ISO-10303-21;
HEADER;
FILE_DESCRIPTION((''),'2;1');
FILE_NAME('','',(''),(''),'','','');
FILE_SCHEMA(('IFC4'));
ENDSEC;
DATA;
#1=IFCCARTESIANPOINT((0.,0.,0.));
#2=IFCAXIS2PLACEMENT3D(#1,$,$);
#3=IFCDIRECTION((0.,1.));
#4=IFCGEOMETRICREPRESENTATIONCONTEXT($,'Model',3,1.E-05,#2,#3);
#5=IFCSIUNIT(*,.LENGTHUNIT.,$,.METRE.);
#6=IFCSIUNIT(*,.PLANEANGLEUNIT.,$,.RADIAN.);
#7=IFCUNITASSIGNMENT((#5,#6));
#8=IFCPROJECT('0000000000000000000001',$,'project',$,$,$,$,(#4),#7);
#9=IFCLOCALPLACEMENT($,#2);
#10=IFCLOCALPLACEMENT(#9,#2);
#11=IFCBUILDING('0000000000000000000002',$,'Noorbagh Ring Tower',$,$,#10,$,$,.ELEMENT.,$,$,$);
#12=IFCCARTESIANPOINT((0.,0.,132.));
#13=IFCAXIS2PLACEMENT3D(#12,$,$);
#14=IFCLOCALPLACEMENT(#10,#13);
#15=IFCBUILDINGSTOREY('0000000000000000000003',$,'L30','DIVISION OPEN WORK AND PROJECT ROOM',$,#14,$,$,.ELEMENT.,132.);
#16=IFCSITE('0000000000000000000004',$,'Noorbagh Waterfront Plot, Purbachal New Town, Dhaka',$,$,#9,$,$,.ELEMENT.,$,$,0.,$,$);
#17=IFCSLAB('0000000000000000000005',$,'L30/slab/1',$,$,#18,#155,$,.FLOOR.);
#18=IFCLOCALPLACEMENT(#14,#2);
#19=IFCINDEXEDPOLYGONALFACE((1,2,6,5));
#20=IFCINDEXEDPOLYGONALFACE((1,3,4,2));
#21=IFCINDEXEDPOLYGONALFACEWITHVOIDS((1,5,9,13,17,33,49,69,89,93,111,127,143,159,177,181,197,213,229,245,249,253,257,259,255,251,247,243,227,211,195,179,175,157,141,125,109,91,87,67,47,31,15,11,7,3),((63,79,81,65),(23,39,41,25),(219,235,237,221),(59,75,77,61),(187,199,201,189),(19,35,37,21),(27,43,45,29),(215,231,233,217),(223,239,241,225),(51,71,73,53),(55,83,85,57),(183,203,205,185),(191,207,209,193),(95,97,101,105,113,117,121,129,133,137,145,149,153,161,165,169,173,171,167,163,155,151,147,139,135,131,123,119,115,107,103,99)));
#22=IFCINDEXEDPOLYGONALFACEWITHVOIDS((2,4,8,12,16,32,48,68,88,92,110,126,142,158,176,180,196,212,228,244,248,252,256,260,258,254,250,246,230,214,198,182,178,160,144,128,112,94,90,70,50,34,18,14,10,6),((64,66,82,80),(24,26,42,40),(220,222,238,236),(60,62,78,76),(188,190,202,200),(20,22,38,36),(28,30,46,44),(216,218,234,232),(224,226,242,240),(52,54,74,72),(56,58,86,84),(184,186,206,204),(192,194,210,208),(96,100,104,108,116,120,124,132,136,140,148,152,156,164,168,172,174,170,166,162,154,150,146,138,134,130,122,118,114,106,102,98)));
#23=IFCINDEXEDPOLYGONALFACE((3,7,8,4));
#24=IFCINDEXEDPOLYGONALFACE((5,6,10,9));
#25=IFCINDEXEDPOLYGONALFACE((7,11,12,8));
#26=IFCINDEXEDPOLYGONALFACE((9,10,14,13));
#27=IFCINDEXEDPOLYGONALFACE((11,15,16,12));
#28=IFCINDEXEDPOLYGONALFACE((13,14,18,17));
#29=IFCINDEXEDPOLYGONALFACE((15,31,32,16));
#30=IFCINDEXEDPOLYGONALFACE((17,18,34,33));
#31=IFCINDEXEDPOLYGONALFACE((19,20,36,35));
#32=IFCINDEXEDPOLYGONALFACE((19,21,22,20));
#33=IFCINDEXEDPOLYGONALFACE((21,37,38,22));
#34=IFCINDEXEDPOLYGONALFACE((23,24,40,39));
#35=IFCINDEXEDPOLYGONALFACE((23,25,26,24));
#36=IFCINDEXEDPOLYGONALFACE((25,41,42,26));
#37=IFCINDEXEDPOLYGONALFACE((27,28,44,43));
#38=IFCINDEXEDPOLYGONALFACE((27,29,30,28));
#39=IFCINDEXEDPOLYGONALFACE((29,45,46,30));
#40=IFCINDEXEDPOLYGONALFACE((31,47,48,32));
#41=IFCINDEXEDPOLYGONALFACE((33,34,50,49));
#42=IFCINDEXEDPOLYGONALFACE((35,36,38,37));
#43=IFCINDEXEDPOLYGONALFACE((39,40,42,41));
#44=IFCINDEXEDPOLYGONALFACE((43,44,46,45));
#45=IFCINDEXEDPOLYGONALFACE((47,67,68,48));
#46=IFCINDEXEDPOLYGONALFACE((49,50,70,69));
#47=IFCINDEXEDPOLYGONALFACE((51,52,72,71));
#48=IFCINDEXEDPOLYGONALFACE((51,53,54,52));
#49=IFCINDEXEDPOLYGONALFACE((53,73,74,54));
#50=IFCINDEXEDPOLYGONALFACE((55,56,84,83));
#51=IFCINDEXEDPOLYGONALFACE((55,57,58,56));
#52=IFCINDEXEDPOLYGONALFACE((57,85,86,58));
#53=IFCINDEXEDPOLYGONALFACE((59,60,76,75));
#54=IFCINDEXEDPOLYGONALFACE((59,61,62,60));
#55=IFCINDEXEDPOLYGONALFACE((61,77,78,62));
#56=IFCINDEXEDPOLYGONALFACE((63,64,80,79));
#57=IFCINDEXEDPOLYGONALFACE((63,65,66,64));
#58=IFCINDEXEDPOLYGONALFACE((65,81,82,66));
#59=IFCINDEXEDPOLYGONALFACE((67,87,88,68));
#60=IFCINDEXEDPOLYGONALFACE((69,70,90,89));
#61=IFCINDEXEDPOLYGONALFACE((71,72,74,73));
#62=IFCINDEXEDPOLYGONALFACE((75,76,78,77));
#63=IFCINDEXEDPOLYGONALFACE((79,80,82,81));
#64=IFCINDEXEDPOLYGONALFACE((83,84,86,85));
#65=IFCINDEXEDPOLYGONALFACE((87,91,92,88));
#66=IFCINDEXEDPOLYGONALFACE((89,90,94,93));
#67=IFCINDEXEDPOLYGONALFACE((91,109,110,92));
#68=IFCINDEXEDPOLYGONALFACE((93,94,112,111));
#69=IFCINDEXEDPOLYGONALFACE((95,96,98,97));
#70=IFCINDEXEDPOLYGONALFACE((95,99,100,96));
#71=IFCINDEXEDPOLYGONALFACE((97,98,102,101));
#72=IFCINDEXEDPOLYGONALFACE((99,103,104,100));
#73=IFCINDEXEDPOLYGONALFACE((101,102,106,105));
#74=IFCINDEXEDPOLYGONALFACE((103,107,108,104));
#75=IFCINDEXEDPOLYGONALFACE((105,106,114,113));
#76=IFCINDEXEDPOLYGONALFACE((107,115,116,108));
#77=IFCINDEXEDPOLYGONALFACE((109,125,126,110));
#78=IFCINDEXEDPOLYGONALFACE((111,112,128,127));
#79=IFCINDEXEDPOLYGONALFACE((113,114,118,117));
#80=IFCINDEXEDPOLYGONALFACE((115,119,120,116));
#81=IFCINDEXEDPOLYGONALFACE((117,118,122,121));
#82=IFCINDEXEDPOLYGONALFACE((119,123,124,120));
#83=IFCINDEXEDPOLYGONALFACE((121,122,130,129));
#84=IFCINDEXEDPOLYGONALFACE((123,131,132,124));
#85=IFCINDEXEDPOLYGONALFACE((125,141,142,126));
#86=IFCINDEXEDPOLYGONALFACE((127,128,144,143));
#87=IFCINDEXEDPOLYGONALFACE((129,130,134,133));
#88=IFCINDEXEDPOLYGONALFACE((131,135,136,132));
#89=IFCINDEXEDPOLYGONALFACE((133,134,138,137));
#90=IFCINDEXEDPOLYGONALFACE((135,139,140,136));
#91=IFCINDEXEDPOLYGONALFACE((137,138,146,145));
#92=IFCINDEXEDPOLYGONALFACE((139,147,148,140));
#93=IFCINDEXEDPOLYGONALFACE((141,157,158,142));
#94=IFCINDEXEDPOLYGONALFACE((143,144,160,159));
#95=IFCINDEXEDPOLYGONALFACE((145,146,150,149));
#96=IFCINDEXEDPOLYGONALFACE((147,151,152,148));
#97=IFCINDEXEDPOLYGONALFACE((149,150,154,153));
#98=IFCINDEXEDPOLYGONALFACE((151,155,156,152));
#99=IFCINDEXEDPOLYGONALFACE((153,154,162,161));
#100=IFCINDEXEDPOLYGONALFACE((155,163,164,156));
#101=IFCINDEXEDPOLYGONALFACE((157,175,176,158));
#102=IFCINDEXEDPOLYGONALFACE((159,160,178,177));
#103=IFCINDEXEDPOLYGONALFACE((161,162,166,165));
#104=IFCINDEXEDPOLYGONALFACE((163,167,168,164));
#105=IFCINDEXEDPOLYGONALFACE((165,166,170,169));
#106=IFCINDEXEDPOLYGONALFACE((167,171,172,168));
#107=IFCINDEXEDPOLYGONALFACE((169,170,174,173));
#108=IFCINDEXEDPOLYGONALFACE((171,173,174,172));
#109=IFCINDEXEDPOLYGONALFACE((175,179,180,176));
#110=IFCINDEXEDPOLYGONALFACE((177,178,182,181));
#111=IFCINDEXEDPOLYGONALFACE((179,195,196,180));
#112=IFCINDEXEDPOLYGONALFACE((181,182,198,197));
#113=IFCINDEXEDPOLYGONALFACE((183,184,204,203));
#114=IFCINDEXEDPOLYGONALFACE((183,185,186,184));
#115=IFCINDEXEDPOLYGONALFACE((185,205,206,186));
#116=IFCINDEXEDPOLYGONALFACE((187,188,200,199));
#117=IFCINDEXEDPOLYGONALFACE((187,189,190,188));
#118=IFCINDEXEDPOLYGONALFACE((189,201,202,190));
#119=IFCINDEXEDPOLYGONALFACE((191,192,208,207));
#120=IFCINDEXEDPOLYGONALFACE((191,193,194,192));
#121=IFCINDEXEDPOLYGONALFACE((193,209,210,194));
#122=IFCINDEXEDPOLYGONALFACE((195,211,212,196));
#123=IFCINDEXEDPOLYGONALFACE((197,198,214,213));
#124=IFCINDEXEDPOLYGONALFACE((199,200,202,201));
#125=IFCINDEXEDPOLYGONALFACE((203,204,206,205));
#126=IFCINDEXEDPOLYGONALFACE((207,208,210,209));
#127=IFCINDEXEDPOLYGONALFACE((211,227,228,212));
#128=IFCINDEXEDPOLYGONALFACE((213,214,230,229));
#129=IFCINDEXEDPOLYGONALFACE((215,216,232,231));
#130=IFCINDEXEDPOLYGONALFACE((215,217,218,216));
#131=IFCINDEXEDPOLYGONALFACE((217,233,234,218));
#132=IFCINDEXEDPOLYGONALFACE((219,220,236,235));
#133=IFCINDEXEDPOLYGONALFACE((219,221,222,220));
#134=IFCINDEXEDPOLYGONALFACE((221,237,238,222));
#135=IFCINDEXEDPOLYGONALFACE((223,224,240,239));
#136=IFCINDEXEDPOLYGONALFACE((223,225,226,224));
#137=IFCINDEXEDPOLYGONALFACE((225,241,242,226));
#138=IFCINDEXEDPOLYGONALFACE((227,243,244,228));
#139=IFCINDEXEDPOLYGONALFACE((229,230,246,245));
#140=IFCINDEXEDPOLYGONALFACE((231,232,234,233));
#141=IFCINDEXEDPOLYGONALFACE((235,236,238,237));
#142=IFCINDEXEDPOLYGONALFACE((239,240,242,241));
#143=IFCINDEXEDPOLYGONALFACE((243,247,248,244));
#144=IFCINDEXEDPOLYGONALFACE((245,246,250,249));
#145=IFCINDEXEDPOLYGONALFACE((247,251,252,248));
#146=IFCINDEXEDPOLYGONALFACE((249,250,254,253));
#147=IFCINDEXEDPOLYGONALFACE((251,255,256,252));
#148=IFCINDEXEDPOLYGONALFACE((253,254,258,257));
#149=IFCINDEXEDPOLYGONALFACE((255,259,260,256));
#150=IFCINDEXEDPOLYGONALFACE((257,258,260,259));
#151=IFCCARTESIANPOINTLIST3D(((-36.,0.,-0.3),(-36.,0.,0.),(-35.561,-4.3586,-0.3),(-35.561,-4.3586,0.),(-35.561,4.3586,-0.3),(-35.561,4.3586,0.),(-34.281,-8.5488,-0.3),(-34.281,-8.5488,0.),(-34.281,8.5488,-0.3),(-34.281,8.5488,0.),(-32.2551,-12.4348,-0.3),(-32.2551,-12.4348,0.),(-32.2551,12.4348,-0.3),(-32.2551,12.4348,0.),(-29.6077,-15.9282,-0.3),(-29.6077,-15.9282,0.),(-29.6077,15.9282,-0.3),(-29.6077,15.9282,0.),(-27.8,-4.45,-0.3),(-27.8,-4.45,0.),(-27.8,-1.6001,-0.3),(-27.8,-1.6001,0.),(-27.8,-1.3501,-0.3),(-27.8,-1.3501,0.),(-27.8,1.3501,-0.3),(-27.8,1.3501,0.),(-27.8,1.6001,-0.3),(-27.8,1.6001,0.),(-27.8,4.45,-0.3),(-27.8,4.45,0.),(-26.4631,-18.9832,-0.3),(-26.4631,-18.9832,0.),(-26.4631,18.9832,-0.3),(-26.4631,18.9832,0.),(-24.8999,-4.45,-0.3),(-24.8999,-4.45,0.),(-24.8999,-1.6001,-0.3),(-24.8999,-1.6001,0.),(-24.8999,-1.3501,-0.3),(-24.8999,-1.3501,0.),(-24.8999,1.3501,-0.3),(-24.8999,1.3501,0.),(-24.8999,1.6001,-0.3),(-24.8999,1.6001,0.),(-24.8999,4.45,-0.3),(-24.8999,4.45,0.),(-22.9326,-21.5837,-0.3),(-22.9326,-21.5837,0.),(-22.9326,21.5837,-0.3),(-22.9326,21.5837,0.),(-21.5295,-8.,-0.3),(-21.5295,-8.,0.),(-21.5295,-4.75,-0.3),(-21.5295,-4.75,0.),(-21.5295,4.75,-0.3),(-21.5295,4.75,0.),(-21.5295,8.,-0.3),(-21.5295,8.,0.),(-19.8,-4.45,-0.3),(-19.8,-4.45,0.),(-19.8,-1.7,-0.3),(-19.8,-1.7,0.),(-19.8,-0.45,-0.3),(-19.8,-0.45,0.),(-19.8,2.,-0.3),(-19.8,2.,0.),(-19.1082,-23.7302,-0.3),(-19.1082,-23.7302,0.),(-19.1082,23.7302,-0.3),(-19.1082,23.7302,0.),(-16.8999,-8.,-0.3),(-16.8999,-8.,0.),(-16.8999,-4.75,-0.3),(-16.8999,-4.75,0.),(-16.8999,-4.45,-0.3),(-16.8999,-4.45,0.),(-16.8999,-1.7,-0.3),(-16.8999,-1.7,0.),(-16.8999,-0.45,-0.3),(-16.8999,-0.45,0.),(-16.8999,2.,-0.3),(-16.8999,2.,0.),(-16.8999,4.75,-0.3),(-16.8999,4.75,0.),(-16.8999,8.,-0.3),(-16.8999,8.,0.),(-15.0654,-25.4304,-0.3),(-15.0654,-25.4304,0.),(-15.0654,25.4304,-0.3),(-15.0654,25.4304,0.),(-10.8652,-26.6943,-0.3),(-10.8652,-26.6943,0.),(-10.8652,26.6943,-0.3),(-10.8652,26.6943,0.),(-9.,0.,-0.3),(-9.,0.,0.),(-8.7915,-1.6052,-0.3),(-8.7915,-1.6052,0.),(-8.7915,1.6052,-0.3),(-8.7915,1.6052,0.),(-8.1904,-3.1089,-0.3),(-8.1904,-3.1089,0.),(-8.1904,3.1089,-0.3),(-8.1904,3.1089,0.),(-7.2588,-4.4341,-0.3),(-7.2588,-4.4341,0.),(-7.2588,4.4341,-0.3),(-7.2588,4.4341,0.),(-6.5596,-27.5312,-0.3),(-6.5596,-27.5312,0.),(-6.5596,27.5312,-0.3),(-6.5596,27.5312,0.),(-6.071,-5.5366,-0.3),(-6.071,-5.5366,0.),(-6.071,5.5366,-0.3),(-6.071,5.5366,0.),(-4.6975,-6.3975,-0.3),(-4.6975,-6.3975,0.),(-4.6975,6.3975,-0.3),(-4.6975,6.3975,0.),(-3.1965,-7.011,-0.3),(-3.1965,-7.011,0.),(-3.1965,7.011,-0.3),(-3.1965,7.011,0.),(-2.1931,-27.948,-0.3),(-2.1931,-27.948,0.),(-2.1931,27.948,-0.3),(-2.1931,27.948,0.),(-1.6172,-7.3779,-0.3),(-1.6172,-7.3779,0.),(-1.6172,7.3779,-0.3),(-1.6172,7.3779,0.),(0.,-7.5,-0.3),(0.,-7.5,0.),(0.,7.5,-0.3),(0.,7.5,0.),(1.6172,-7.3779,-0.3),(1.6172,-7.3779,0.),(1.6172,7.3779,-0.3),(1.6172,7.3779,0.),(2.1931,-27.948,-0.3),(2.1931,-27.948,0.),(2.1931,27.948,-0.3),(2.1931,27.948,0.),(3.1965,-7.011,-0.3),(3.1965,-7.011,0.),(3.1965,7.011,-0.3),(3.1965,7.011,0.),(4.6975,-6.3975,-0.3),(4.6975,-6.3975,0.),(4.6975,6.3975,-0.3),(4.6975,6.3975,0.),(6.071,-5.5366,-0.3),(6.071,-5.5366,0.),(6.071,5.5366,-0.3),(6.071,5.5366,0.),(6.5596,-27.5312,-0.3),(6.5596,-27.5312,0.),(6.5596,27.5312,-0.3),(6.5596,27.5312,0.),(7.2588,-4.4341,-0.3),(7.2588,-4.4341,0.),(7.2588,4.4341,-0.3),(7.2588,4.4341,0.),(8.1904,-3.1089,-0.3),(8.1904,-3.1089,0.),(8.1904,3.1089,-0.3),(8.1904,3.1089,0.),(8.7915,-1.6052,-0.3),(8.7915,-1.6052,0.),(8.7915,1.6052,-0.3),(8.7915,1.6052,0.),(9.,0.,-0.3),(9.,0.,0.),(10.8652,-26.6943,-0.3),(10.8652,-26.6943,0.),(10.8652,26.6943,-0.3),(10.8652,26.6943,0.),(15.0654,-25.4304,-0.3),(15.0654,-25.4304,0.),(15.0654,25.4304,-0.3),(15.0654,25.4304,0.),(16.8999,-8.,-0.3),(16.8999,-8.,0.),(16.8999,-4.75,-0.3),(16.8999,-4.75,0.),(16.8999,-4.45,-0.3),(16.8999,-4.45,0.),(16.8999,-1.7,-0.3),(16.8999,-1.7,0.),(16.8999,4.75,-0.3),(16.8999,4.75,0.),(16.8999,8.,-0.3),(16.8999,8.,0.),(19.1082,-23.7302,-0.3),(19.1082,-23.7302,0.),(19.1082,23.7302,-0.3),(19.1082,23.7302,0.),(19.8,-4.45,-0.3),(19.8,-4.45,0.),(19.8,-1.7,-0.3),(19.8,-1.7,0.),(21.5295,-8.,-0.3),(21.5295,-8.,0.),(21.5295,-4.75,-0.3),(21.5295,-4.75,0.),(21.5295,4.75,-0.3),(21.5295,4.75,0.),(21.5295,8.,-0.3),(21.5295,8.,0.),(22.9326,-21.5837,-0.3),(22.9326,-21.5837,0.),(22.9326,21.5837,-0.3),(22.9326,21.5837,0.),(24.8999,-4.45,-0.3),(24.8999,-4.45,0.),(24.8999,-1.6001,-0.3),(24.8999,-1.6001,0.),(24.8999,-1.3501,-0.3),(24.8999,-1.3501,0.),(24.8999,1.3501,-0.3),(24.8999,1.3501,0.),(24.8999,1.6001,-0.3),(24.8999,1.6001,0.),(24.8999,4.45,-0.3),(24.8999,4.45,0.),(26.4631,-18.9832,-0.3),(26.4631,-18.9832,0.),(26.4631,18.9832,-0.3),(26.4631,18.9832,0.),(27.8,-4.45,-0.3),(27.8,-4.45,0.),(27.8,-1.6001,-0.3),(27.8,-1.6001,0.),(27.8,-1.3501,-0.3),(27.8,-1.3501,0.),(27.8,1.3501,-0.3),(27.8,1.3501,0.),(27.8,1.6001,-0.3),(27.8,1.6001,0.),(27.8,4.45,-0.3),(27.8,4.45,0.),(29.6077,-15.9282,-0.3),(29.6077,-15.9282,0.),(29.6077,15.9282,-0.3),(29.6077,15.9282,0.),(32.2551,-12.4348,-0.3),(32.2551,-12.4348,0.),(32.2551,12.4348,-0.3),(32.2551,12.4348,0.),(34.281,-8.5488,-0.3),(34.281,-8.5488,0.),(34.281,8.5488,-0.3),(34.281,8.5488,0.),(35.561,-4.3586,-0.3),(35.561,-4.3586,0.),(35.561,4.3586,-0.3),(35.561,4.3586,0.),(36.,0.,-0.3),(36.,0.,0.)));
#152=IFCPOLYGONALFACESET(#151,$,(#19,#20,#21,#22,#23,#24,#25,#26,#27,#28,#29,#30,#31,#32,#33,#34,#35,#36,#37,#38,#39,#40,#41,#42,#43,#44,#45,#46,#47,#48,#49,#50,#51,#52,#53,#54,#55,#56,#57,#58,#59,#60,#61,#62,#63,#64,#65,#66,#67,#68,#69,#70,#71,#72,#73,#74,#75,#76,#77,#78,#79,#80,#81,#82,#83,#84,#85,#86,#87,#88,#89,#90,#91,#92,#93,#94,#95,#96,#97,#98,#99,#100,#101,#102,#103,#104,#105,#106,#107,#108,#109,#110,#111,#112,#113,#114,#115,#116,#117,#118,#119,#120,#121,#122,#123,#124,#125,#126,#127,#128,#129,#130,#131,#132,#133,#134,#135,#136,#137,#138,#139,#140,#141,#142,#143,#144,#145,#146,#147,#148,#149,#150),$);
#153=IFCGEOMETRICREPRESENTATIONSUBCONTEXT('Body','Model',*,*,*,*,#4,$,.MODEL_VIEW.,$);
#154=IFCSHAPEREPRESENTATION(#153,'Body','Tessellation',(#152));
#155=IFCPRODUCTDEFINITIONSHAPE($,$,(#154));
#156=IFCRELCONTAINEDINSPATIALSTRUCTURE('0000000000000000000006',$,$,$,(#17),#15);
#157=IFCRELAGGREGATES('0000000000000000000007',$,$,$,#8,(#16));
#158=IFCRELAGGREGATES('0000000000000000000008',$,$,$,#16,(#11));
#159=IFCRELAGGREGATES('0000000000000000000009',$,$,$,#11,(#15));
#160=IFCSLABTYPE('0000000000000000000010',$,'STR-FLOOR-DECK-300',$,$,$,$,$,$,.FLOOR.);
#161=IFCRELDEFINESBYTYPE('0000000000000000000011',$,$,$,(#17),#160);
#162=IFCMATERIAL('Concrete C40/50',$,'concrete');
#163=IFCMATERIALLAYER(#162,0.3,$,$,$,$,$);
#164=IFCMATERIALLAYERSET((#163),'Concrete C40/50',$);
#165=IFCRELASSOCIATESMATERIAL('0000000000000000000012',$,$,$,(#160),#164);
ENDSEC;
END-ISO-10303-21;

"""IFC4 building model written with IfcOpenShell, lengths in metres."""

from ifc_helpers import new_model, si_unit, direction, frame, origin, place, context, subcontext, project, spatial, polyline, outline, extrude, material, layer, layer_set, type_object, element, save


model = new_model("IFC4")

# Units and contexts
model_context = context("Model", 3, precision=1e-05, world=origin(), true_north=direction((0.0, 1.0)))
body_context = subcontext(model_context, "Body", "Model", "MODEL_VIEW")
ifc_project = project(units=[si_unit("LENGTHUNIT", "METRE"), si_unit("PLANEANGLEUNIT", "RADIAN")], contexts=[model_context])

# Site, building, storey
site_placement = place(None, origin())
site = spatial("IfcSite", under=ifc_project, at=site_placement, Name="Noorbagh Waterfront Plot, Purbachal New Town, Dhaka", CompositionType="ELEMENT", RefElevation=0.0)
building_placement = place(site_placement, origin())
building = spatial("IfcBuilding", under=site, at=building_placement, Name="Noorbagh Ring Tower", CompositionType="ELEMENT")
storey_placement = place(building_placement, frame((0.0, 0.0, 132.0)))
storey = spatial("IfcBuildingStorey", under=building, at=storey_placement, Name="L30", Description="DIVISION OPEN WORK AND PROJECT ROOM", CompositionType="ELEMENT", Elevation=132.0)

# Slab
ifc_material_1 = material(Name="Concrete C40/50", Category="concrete")
ifc_layer_1 = layer(ifc_material_1, 0.3)
ifc_layer_set_1 = layer_set([ifc_layer_1], Name="Concrete C40/50")
slab_type_1 = type_object("IfcSlabType", Name="STR-FLOOR-DECK-300", PredefinedType="FLOOR", material=ifc_layer_set_1)
slab_1_placement = place(storey_placement, frame((0.0, 0.0, -0.3)))
element("IfcSlab", 1, at=slab_1_placement, inside=storey, type_object=slab_type_1, Name="L30/slab/1", PredefinedType="FLOOR", context=body_context, shape_type="SweptSolid", body=[
    extrude(outline(polyline([(36.0, 0.0), (35.561, 4.3586), (34.281, 8.5488), (32.2551, 12.4348), (29.6077, 15.9282), (26.4631, 18.9832), (22.9326, 21.5837), (19.1082, 23.7302), (15.0654, 25.4304), (10.8652, 26.6943), (6.5596, 27.5312), (2.1931, 27.948), (-2.1931, 27.948), (-6.5596, 27.5312), (-10.8652, 26.6943), (-15.0654, 25.4304), (-19.1082, 23.7302), (-22.9326, 21.5837), (-26.4631, 18.9832), (-29.6077, 15.9282), (-32.2551, 12.4348), (-34.281, 8.5488), (-35.561, 4.3586), (-36.0, 0.0), (-35.561, -4.3586), (-34.281, -8.5488), (-32.2551, -12.4348), (-29.6077, -15.9282), (-26.4631, -18.9832), (-22.9326, -21.5837), (-19.1082, -23.7302), (-15.0654, -25.4304), (-10.8652, -26.6943), (-6.5596, -27.5312), (-2.1931, -27.948), (2.1931, -27.948), (6.5596, -27.5312), (10.8652, -26.6943), (15.0654, -25.4304), (19.1082, -23.7302), (22.9326, -21.5837), (26.4631, -18.9832), (29.6077, -15.9282), (32.2551, -12.4348), (34.281, -8.5488), (35.561, -4.3586), (36.0, 0.0)]), holes=[polyline([(24.8999, -1.6001), (27.8, -1.6001), (27.8, -4.45), (24.8999, -4.45), (24.8999, -1.6001)]), polyline([(24.8999, 1.3501), (27.8, 1.3501), (27.8, -1.3501), (24.8999, -1.3501), (24.8999, 1.3501)]), polyline([(24.8999, 4.45), (27.8, 4.45), (27.8, 1.6001), (24.8999, 1.6001), (24.8999, 4.45)]), polyline([(21.5295, -4.75), (21.5295, -8.0), (16.8999, -8.0), (16.8999, -4.75), (21.5295, -4.75)]), polyline([(21.5295, 4.75), (16.8999, 4.75), (16.8999, 8.0), (21.5295, 8.0), (21.5295, 4.75)]), polyline([(16.8999, -1.7), (19.8, -1.7), (19.8, -4.45), (16.8999, -4.45), (16.8999, -1.7)]), polyline([(4.6975, -6.3975), (3.1965, -7.011), (1.6172, -7.3779), (0.0, -7.5), (-1.6172, -7.3779), (-3.1965, -7.011), (-4.6975, -6.3975), (-6.071, -5.5366), (-7.2588, -4.4341), (-8.1904, -3.1089), (-8.7915, -1.6052), (-9.0, 0.0), (-8.7915, 1.6052), (-8.1904, 3.1089), (-7.2588, 4.4341), (-6.071, 5.5366), (-4.6975, 6.3975), (-3.1965, 7.011), (-1.6172, 7.3779), (0.0, 7.5), (1.6172, 7.3779), (3.1965, 7.011), (4.6975, 6.3975), (6.071, 5.5366), (7.2588, 4.4341), (8.1904, 3.1089), (8.7915, 1.6052), (9.0, 0.0), (8.7915, -1.6052), (8.1904, -3.1089), (7.2588, -4.4341), (6.071, -5.5366), (4.6975, -6.3975)]), polyline([(-21.5295, -8.0), (-21.5295, -4.75), (-16.8999, -4.75), (-16.8999, -8.0), (-21.5295, -8.0)]), polyline([(-21.5295, 8.0), (-16.8999, 8.0), (-16.8999, 4.75), (-21.5295, 4.75), (-21.5295, 8.0)]), polyline([(-16.8999, -4.45), (-19.8, -4.45), (-19.8, -1.7), (-16.8999, -1.7), (-16.8999, -4.45)]), polyline([(-16.8999, -0.45), (-19.8, -0.45), (-19.8, 2.0), (-16.8999, 2.0), (-16.8999, -0.45)]), polyline([(-24.8999, -4.45), (-27.8, -4.45), (-27.8, -1.6001), (-24.8999, -1.6001), (-24.8999, -4.45)]), polyline([(-24.8999, -1.3501), (-27.8, -1.3501), (-27.8, 1.3501), (-24.8999, 1.3501), (-24.8999, -1.3501)]), polyline([(-24.8999, 1.6001), (-27.8, 1.6001), (-27.8, 4.45), (-24.8999, 4.45), (-24.8999, 1.6001)])]), origin(), (0.0, 0.0, 1.0), 0.3),
])

save(model, "model.ifc")
